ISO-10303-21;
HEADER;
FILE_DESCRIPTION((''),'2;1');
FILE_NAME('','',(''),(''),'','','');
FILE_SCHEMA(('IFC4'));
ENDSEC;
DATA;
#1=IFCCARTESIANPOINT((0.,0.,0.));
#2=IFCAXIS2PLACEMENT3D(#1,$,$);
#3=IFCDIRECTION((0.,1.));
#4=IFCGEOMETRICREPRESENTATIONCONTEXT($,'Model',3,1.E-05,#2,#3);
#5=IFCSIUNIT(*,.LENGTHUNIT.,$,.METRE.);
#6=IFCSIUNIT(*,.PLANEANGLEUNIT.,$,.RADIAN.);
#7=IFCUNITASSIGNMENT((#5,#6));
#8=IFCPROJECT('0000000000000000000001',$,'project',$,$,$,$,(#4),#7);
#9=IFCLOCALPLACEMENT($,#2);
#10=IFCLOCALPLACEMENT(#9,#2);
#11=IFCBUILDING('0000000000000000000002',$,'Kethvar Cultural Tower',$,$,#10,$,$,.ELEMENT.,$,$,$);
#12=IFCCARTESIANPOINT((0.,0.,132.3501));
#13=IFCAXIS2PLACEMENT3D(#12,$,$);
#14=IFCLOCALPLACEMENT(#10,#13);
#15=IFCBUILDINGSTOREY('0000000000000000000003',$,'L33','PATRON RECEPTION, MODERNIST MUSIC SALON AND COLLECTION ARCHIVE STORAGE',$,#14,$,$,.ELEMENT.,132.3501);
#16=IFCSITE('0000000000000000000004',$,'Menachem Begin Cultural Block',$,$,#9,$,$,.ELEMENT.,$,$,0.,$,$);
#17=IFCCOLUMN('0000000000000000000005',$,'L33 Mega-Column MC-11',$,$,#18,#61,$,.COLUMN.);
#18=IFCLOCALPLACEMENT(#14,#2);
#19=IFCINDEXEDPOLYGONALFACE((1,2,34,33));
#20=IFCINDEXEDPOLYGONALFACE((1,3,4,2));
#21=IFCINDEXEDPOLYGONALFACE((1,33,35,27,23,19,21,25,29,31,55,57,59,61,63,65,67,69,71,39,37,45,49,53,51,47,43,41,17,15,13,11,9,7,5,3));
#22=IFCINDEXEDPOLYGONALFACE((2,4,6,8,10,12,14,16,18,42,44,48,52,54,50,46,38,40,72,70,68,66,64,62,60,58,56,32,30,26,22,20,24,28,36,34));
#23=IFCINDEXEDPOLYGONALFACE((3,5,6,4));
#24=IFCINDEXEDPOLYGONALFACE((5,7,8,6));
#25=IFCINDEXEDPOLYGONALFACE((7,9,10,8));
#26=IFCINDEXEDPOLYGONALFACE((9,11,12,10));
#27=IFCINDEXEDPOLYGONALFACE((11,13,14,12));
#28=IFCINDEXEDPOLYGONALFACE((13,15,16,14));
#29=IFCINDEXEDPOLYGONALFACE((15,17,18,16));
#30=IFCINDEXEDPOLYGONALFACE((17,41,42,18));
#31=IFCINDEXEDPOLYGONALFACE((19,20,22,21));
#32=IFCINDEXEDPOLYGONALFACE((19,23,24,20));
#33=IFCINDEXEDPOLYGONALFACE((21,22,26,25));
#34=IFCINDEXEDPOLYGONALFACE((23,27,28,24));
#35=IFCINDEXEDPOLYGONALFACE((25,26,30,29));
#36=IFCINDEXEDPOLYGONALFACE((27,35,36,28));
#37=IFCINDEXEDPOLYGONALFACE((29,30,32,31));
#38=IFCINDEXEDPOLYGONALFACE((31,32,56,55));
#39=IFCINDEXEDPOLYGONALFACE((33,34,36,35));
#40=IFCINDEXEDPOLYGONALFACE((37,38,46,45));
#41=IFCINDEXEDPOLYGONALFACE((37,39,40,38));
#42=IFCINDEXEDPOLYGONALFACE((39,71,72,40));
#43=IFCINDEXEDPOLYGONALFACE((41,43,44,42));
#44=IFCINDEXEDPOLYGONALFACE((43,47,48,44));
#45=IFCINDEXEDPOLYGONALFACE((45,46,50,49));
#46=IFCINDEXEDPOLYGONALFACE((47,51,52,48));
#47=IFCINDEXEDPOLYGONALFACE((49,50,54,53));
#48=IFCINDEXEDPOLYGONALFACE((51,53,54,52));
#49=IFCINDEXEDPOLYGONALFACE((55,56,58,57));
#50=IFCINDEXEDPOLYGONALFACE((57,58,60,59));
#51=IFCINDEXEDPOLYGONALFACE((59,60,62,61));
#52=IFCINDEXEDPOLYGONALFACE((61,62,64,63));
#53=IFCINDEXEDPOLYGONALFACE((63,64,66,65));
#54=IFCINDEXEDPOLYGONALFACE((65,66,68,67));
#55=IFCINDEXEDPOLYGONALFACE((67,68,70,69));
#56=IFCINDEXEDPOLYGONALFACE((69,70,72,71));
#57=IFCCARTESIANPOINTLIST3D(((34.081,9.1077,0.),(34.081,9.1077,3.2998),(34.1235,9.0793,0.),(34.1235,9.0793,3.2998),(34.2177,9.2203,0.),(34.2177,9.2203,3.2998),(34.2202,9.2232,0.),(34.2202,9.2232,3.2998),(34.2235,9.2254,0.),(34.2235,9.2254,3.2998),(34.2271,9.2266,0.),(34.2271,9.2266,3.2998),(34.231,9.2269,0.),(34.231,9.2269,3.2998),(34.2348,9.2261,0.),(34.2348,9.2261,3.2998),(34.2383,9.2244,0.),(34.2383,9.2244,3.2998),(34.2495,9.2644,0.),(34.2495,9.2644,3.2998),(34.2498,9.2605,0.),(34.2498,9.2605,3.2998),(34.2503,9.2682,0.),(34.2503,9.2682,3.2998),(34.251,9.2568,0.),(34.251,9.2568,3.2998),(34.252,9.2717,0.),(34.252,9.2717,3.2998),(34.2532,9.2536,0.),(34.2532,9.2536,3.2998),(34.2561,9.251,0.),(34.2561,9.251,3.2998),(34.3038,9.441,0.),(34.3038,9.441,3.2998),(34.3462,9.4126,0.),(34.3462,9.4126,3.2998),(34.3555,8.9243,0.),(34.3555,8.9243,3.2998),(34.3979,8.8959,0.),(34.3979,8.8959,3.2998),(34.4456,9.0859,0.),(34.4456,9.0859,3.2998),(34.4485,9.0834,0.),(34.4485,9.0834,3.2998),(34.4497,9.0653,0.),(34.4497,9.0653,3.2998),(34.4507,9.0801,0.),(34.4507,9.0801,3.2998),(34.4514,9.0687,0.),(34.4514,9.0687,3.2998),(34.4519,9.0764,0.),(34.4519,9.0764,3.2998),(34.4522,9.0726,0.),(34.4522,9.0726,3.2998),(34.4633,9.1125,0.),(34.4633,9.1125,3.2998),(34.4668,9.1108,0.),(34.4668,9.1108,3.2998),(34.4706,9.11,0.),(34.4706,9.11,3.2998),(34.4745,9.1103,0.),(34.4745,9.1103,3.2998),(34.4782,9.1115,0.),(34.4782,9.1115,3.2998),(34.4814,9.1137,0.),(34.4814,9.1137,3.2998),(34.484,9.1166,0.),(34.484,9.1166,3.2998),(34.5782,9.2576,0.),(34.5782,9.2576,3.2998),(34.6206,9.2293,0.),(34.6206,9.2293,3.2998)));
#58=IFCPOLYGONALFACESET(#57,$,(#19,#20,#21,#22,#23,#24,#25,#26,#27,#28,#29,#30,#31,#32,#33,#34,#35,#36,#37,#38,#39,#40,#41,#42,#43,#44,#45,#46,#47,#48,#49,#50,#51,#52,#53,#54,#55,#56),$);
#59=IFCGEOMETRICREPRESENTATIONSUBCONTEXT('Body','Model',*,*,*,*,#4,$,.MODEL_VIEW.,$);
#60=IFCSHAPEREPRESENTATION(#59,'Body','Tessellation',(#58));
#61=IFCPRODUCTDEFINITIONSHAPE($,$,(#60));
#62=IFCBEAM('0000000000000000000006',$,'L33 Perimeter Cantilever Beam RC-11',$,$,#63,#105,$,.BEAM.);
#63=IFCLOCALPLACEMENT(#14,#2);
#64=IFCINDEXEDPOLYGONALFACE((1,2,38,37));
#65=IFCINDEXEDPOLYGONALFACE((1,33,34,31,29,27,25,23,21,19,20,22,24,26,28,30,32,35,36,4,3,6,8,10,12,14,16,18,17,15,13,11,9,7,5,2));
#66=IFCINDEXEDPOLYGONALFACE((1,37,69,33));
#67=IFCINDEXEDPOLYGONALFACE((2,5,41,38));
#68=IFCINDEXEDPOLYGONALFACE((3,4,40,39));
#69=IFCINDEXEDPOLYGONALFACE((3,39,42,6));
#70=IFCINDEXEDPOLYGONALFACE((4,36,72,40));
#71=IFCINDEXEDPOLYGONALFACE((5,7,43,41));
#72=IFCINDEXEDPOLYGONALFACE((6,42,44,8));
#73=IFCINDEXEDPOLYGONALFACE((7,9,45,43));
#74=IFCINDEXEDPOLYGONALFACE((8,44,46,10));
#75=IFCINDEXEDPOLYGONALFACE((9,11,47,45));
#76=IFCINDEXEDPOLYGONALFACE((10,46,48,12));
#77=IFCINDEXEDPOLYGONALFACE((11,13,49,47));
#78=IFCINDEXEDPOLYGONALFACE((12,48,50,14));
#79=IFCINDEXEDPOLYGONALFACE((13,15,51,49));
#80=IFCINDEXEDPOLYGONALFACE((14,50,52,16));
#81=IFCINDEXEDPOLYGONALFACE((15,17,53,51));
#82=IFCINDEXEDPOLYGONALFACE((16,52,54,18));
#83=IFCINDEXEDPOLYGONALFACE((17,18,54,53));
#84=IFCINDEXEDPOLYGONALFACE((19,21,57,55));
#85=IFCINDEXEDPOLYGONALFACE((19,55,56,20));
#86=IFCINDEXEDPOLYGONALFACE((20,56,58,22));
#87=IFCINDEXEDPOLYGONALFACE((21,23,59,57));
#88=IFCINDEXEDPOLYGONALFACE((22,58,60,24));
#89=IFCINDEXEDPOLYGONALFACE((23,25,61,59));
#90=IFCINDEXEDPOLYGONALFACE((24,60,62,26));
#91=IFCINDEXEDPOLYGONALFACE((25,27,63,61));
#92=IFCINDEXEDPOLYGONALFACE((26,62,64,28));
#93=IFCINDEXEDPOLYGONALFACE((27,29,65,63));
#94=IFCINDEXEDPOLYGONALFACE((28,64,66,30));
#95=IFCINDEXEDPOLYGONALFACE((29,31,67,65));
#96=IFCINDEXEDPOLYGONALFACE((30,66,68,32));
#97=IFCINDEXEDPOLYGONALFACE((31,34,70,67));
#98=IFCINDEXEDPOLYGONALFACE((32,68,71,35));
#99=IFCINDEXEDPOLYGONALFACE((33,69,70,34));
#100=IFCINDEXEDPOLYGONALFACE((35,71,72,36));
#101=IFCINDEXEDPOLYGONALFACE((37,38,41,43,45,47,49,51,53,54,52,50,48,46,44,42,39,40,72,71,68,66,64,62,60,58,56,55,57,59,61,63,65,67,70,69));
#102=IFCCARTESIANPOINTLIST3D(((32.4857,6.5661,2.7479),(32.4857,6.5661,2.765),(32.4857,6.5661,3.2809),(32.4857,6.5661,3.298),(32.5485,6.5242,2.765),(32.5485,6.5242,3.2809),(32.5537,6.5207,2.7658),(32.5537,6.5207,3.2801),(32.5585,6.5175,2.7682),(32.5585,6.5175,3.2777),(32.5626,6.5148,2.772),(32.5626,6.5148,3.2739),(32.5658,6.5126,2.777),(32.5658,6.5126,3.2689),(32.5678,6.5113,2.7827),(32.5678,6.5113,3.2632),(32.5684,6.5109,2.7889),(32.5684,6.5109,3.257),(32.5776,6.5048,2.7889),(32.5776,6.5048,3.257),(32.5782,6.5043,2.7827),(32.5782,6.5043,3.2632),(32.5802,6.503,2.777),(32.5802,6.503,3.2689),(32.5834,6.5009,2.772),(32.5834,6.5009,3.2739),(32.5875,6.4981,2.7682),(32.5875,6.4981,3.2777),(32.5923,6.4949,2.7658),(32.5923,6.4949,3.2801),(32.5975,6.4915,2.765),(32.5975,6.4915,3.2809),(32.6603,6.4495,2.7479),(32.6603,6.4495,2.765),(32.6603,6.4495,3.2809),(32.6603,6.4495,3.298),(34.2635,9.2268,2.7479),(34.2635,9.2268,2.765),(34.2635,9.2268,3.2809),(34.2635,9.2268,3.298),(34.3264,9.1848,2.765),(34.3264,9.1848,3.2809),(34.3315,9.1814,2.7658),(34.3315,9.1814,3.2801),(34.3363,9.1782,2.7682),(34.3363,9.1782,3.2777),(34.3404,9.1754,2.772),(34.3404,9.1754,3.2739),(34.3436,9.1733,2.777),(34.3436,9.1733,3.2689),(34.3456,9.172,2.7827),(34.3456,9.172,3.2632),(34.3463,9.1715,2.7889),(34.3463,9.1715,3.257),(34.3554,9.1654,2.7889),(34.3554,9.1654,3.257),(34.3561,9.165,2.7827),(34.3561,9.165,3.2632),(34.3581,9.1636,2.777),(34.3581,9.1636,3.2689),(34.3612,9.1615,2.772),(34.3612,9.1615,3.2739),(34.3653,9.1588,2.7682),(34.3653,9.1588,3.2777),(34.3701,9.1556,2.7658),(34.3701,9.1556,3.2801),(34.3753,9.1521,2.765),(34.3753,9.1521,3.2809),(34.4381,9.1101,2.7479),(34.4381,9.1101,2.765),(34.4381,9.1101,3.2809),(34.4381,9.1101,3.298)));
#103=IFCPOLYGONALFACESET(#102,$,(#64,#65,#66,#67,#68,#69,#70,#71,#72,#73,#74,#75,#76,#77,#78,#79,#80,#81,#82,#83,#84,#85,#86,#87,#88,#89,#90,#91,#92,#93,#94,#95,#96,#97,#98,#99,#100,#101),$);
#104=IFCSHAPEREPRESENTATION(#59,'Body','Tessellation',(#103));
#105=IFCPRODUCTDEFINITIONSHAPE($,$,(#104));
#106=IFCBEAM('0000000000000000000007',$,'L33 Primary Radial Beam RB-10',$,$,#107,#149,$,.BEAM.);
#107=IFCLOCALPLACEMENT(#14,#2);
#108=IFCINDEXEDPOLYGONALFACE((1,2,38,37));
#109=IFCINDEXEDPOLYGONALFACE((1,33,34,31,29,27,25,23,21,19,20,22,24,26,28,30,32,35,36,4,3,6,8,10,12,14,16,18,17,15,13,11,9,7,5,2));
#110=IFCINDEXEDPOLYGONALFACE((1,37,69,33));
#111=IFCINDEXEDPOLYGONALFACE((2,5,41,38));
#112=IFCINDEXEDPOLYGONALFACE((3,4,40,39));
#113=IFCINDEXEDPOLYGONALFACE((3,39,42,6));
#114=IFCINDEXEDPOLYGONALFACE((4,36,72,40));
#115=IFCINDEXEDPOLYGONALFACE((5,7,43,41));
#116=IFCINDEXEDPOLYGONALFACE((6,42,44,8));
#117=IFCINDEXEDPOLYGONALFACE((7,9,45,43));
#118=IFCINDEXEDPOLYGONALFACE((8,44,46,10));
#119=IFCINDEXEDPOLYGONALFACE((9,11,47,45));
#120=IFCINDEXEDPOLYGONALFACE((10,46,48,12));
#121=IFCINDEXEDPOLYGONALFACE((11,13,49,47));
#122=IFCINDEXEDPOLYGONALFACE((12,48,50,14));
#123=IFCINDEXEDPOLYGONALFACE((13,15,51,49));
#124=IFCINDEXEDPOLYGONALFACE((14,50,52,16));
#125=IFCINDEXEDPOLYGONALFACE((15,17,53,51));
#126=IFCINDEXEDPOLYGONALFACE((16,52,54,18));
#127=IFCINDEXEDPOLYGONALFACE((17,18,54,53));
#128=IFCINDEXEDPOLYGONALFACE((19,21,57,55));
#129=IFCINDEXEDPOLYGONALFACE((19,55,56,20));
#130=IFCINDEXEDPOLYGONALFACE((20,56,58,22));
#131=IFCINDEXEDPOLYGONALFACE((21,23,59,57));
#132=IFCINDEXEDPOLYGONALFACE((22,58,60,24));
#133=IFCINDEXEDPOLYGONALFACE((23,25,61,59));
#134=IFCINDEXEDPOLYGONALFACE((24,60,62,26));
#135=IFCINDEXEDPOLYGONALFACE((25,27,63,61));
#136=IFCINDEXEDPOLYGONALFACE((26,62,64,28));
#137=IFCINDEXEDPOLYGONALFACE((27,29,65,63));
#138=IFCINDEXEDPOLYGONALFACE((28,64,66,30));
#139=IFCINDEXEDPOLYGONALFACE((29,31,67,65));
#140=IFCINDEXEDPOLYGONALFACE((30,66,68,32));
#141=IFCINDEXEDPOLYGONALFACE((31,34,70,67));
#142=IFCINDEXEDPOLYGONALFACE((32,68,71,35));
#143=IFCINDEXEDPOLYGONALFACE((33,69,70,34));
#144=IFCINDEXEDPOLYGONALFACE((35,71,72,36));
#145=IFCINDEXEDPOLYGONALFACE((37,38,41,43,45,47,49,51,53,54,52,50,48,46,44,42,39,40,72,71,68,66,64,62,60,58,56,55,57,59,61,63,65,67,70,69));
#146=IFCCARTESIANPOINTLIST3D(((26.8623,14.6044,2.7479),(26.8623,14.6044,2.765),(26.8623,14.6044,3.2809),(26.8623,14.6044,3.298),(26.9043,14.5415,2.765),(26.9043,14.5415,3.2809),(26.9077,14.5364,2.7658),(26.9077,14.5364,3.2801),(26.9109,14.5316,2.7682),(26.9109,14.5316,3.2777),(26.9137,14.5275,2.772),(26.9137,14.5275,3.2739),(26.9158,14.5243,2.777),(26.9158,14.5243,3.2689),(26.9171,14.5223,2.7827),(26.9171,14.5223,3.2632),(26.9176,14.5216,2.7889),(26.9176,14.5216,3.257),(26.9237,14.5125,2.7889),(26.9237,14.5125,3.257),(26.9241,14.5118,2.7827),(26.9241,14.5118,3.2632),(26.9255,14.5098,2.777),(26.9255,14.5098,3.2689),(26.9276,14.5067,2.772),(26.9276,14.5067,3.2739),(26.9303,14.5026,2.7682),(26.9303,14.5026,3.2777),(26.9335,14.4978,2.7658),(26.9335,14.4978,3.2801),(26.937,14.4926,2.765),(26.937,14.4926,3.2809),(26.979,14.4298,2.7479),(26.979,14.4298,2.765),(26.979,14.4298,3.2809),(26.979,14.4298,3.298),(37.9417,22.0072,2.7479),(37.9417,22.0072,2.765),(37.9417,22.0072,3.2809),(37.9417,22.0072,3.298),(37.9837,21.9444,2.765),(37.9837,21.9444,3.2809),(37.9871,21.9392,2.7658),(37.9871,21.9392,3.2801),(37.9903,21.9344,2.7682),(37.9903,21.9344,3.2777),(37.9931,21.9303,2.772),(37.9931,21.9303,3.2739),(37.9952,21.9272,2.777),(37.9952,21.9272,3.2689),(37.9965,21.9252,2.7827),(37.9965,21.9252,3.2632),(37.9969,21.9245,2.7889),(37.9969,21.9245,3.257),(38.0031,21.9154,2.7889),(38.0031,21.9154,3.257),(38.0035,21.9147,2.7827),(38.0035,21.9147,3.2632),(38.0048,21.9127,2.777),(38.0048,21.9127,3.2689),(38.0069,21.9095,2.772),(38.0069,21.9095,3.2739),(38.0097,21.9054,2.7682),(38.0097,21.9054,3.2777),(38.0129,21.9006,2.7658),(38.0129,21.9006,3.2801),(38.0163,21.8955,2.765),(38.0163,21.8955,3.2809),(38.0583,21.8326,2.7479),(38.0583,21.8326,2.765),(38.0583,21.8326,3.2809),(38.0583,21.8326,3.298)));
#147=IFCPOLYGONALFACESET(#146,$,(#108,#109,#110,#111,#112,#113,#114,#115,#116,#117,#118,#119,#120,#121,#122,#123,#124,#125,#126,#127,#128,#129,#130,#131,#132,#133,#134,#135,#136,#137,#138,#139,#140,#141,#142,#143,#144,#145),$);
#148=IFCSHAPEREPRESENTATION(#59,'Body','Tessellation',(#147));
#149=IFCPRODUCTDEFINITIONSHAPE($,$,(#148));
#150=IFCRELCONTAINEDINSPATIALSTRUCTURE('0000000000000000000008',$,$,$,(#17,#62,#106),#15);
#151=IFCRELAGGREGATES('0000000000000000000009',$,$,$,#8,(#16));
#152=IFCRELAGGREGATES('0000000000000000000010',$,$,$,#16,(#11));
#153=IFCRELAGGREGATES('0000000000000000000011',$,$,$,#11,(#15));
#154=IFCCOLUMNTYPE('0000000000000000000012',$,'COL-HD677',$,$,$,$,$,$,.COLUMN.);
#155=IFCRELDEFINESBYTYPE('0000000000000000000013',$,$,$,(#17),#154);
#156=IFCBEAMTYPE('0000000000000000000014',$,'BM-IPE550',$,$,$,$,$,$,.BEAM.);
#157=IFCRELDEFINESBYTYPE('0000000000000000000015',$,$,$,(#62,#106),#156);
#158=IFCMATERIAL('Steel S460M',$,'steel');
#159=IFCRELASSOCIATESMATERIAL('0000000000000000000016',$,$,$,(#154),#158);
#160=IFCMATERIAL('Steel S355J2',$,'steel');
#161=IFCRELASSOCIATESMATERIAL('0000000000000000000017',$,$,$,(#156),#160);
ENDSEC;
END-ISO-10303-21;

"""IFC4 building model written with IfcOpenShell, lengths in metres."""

from ifc_helpers import new_model, si_unit, direction, frame, origin, origin_2d, place, context, subcontext, project, spatial, i_section, extrude, source, transform, mapped, material, material_profile, profile_set, type_object, element, save


model = new_model("IFC4")

# Units and contexts
model_context = context("Model", 3, precision=1e-05, world=origin(), true_north=direction((0.0, 1.0)))
body_context = subcontext(model_context, "Body", "Model", "MODEL_VIEW")
ifc_project = project(units=[si_unit("LENGTHUNIT", "METRE"), si_unit("PLANEANGLEUNIT", "RADIAN")], contexts=[model_context])

# Site, building, storey
site_placement = place(None, origin())
site = spatial("IfcSite", under=ifc_project, at=site_placement, Name="Menachem Begin Cultural Block", CompositionType="ELEMENT", RefElevation=0.0)
building_placement = place(site_placement, origin())
building = spatial("IfcBuilding", under=site, at=building_placement, Name="Kethvar Cultural Tower", CompositionType="ELEMENT")
storey_placement = place(building_placement, frame((0.0, 0.0, 132.3501)))
storey = spatial("IfcBuildingStorey", under=building, at=storey_placement, Name="L33", Description="PATRON RECEPTION, MODERNIST MUSIC SALON AND COLLECTION ARCHIVE STORAGE", CompositionType="ELEMENT", Elevation=132.3501)

# Column
ifc_material_1 = material(Name="Steel S460M", Category="steel")
ifc_material_profile_1 = material_profile(ifc_material_1, i_section(OverallWidth=0.4009, OverallDepth=0.3811, WebThickness=0.032, FlangeThickness=0.051, FilletRadius=0.0149, at=origin_2d()), Name="Steel S460M — HD400x677")
ifc_profile_set_1 = profile_set([ifc_material_profile_1], Name="Steel S460M — HD400x677")
column_type = type_object("IfcColumnType", Name="COL-HD677", PredefinedType="COLUMN", material=ifc_profile_set_1)
shared_shape_1 = source(origin(), body_context, "Body", "SweptSolid", [
    extrude(i_section(OverallWidth=0.4009, OverallDepth=0.3811, WebThickness=0.032, FlangeThickness=0.051, FilletRadius=0.0149, at=origin_2d()), origin(), (0.0, 0.0, 1.0), 3.2998),
])
column_placement = place(storey_placement, frame((34.3508, 9.1685, 0.0), z_axis=(0.0, 0.0, 1.0), x_axis=(-0.55557, -0.83147, 0.0)))
element("IfcColumn", 1, at=column_placement, inside=storey, type_object=column_type, Name="L33 Mega-Column MC-11", PredefinedType="COLUMN", context=body_context, shape_type="MappedRepresentation", body=[
    mapped(shared_shape_1, transform((0.0, 0.0, 0.0), scale=1.0)),
])

# Beams
ifc_material_2 = material(Name="Steel S355J2", Category="steel")
ifc_material_profile_2 = material_profile(ifc_material_2, i_section(OverallWidth=0.21, OverallDepth=0.55, WebThickness=0.011, FlangeThickness=0.0171, FilletRadius=0.0239, at=origin_2d()), Name="Steel S355J2 — IPE550")
ifc_profile_set_2 = profile_set([ifc_material_profile_2], Name="Steel S355J2 — IPE550")
beam_type_1 = type_object("IfcBeamType", Name="BM-IPE550", PredefinedType="BEAM", material=ifc_profile_set_2)
shared_shape_2 = source(origin(), body_context, "Body", "SweptSolid", [
    extrude(i_section(OverallWidth=0.21, OverallDepth=0.55, WebThickness=0.011, FlangeThickness=0.0171, FilletRadius=0.0239, at=origin_2d()), origin(), (0.0, 0.0, 1.0), 3.2),
])
beam_1_placement = place(storey_placement, frame((34.3508, 9.1685, 3.0229), z_axis=(-0.55558, -0.831463, 0.0), x_axis=(0.831463, -0.55558, 0.0)))
element("IfcBeam", 2, at=beam_1_placement, inside=storey, type_object=beam_type_1, Name="L33 Perimeter Cantilever Beam RC-11", PredefinedType="BEAM", context=body_context, shape_type="MappedRepresentation", body=[
    mapped(shared_shape_2, transform((0.0, 0.0, 0.0), scale=1.0)),
])
shared_shape_3 = source(origin(), body_context, "Body", "SweptSolid", [
    extrude(i_section(OverallWidth=0.21, OverallDepth=0.55, WebThickness=0.011, FlangeThickness=0.0171, FilletRadius=0.0239, at=origin_2d()), origin(), (0.0, 0.0, 1.0), 13.325),
])
beam_2_placement = place(storey_placement, frame((38.0, 21.9199, 3.0229), z_axis=(-0.831475, -0.555562, 0.0), x_axis=(0.555562, -0.831475, 0.0)))
element("IfcBeam", 3, at=beam_2_placement, inside=storey, type_object=beam_type_1, Name="L33 Primary Radial Beam RB-10", PredefinedType="BEAM", context=body_context, shape_type="MappedRepresentation", body=[
    mapped(shared_shape_3, transform((0.0, 0.0, 0.0), scale=1.0)),
])

save(model, "model.ifc")
